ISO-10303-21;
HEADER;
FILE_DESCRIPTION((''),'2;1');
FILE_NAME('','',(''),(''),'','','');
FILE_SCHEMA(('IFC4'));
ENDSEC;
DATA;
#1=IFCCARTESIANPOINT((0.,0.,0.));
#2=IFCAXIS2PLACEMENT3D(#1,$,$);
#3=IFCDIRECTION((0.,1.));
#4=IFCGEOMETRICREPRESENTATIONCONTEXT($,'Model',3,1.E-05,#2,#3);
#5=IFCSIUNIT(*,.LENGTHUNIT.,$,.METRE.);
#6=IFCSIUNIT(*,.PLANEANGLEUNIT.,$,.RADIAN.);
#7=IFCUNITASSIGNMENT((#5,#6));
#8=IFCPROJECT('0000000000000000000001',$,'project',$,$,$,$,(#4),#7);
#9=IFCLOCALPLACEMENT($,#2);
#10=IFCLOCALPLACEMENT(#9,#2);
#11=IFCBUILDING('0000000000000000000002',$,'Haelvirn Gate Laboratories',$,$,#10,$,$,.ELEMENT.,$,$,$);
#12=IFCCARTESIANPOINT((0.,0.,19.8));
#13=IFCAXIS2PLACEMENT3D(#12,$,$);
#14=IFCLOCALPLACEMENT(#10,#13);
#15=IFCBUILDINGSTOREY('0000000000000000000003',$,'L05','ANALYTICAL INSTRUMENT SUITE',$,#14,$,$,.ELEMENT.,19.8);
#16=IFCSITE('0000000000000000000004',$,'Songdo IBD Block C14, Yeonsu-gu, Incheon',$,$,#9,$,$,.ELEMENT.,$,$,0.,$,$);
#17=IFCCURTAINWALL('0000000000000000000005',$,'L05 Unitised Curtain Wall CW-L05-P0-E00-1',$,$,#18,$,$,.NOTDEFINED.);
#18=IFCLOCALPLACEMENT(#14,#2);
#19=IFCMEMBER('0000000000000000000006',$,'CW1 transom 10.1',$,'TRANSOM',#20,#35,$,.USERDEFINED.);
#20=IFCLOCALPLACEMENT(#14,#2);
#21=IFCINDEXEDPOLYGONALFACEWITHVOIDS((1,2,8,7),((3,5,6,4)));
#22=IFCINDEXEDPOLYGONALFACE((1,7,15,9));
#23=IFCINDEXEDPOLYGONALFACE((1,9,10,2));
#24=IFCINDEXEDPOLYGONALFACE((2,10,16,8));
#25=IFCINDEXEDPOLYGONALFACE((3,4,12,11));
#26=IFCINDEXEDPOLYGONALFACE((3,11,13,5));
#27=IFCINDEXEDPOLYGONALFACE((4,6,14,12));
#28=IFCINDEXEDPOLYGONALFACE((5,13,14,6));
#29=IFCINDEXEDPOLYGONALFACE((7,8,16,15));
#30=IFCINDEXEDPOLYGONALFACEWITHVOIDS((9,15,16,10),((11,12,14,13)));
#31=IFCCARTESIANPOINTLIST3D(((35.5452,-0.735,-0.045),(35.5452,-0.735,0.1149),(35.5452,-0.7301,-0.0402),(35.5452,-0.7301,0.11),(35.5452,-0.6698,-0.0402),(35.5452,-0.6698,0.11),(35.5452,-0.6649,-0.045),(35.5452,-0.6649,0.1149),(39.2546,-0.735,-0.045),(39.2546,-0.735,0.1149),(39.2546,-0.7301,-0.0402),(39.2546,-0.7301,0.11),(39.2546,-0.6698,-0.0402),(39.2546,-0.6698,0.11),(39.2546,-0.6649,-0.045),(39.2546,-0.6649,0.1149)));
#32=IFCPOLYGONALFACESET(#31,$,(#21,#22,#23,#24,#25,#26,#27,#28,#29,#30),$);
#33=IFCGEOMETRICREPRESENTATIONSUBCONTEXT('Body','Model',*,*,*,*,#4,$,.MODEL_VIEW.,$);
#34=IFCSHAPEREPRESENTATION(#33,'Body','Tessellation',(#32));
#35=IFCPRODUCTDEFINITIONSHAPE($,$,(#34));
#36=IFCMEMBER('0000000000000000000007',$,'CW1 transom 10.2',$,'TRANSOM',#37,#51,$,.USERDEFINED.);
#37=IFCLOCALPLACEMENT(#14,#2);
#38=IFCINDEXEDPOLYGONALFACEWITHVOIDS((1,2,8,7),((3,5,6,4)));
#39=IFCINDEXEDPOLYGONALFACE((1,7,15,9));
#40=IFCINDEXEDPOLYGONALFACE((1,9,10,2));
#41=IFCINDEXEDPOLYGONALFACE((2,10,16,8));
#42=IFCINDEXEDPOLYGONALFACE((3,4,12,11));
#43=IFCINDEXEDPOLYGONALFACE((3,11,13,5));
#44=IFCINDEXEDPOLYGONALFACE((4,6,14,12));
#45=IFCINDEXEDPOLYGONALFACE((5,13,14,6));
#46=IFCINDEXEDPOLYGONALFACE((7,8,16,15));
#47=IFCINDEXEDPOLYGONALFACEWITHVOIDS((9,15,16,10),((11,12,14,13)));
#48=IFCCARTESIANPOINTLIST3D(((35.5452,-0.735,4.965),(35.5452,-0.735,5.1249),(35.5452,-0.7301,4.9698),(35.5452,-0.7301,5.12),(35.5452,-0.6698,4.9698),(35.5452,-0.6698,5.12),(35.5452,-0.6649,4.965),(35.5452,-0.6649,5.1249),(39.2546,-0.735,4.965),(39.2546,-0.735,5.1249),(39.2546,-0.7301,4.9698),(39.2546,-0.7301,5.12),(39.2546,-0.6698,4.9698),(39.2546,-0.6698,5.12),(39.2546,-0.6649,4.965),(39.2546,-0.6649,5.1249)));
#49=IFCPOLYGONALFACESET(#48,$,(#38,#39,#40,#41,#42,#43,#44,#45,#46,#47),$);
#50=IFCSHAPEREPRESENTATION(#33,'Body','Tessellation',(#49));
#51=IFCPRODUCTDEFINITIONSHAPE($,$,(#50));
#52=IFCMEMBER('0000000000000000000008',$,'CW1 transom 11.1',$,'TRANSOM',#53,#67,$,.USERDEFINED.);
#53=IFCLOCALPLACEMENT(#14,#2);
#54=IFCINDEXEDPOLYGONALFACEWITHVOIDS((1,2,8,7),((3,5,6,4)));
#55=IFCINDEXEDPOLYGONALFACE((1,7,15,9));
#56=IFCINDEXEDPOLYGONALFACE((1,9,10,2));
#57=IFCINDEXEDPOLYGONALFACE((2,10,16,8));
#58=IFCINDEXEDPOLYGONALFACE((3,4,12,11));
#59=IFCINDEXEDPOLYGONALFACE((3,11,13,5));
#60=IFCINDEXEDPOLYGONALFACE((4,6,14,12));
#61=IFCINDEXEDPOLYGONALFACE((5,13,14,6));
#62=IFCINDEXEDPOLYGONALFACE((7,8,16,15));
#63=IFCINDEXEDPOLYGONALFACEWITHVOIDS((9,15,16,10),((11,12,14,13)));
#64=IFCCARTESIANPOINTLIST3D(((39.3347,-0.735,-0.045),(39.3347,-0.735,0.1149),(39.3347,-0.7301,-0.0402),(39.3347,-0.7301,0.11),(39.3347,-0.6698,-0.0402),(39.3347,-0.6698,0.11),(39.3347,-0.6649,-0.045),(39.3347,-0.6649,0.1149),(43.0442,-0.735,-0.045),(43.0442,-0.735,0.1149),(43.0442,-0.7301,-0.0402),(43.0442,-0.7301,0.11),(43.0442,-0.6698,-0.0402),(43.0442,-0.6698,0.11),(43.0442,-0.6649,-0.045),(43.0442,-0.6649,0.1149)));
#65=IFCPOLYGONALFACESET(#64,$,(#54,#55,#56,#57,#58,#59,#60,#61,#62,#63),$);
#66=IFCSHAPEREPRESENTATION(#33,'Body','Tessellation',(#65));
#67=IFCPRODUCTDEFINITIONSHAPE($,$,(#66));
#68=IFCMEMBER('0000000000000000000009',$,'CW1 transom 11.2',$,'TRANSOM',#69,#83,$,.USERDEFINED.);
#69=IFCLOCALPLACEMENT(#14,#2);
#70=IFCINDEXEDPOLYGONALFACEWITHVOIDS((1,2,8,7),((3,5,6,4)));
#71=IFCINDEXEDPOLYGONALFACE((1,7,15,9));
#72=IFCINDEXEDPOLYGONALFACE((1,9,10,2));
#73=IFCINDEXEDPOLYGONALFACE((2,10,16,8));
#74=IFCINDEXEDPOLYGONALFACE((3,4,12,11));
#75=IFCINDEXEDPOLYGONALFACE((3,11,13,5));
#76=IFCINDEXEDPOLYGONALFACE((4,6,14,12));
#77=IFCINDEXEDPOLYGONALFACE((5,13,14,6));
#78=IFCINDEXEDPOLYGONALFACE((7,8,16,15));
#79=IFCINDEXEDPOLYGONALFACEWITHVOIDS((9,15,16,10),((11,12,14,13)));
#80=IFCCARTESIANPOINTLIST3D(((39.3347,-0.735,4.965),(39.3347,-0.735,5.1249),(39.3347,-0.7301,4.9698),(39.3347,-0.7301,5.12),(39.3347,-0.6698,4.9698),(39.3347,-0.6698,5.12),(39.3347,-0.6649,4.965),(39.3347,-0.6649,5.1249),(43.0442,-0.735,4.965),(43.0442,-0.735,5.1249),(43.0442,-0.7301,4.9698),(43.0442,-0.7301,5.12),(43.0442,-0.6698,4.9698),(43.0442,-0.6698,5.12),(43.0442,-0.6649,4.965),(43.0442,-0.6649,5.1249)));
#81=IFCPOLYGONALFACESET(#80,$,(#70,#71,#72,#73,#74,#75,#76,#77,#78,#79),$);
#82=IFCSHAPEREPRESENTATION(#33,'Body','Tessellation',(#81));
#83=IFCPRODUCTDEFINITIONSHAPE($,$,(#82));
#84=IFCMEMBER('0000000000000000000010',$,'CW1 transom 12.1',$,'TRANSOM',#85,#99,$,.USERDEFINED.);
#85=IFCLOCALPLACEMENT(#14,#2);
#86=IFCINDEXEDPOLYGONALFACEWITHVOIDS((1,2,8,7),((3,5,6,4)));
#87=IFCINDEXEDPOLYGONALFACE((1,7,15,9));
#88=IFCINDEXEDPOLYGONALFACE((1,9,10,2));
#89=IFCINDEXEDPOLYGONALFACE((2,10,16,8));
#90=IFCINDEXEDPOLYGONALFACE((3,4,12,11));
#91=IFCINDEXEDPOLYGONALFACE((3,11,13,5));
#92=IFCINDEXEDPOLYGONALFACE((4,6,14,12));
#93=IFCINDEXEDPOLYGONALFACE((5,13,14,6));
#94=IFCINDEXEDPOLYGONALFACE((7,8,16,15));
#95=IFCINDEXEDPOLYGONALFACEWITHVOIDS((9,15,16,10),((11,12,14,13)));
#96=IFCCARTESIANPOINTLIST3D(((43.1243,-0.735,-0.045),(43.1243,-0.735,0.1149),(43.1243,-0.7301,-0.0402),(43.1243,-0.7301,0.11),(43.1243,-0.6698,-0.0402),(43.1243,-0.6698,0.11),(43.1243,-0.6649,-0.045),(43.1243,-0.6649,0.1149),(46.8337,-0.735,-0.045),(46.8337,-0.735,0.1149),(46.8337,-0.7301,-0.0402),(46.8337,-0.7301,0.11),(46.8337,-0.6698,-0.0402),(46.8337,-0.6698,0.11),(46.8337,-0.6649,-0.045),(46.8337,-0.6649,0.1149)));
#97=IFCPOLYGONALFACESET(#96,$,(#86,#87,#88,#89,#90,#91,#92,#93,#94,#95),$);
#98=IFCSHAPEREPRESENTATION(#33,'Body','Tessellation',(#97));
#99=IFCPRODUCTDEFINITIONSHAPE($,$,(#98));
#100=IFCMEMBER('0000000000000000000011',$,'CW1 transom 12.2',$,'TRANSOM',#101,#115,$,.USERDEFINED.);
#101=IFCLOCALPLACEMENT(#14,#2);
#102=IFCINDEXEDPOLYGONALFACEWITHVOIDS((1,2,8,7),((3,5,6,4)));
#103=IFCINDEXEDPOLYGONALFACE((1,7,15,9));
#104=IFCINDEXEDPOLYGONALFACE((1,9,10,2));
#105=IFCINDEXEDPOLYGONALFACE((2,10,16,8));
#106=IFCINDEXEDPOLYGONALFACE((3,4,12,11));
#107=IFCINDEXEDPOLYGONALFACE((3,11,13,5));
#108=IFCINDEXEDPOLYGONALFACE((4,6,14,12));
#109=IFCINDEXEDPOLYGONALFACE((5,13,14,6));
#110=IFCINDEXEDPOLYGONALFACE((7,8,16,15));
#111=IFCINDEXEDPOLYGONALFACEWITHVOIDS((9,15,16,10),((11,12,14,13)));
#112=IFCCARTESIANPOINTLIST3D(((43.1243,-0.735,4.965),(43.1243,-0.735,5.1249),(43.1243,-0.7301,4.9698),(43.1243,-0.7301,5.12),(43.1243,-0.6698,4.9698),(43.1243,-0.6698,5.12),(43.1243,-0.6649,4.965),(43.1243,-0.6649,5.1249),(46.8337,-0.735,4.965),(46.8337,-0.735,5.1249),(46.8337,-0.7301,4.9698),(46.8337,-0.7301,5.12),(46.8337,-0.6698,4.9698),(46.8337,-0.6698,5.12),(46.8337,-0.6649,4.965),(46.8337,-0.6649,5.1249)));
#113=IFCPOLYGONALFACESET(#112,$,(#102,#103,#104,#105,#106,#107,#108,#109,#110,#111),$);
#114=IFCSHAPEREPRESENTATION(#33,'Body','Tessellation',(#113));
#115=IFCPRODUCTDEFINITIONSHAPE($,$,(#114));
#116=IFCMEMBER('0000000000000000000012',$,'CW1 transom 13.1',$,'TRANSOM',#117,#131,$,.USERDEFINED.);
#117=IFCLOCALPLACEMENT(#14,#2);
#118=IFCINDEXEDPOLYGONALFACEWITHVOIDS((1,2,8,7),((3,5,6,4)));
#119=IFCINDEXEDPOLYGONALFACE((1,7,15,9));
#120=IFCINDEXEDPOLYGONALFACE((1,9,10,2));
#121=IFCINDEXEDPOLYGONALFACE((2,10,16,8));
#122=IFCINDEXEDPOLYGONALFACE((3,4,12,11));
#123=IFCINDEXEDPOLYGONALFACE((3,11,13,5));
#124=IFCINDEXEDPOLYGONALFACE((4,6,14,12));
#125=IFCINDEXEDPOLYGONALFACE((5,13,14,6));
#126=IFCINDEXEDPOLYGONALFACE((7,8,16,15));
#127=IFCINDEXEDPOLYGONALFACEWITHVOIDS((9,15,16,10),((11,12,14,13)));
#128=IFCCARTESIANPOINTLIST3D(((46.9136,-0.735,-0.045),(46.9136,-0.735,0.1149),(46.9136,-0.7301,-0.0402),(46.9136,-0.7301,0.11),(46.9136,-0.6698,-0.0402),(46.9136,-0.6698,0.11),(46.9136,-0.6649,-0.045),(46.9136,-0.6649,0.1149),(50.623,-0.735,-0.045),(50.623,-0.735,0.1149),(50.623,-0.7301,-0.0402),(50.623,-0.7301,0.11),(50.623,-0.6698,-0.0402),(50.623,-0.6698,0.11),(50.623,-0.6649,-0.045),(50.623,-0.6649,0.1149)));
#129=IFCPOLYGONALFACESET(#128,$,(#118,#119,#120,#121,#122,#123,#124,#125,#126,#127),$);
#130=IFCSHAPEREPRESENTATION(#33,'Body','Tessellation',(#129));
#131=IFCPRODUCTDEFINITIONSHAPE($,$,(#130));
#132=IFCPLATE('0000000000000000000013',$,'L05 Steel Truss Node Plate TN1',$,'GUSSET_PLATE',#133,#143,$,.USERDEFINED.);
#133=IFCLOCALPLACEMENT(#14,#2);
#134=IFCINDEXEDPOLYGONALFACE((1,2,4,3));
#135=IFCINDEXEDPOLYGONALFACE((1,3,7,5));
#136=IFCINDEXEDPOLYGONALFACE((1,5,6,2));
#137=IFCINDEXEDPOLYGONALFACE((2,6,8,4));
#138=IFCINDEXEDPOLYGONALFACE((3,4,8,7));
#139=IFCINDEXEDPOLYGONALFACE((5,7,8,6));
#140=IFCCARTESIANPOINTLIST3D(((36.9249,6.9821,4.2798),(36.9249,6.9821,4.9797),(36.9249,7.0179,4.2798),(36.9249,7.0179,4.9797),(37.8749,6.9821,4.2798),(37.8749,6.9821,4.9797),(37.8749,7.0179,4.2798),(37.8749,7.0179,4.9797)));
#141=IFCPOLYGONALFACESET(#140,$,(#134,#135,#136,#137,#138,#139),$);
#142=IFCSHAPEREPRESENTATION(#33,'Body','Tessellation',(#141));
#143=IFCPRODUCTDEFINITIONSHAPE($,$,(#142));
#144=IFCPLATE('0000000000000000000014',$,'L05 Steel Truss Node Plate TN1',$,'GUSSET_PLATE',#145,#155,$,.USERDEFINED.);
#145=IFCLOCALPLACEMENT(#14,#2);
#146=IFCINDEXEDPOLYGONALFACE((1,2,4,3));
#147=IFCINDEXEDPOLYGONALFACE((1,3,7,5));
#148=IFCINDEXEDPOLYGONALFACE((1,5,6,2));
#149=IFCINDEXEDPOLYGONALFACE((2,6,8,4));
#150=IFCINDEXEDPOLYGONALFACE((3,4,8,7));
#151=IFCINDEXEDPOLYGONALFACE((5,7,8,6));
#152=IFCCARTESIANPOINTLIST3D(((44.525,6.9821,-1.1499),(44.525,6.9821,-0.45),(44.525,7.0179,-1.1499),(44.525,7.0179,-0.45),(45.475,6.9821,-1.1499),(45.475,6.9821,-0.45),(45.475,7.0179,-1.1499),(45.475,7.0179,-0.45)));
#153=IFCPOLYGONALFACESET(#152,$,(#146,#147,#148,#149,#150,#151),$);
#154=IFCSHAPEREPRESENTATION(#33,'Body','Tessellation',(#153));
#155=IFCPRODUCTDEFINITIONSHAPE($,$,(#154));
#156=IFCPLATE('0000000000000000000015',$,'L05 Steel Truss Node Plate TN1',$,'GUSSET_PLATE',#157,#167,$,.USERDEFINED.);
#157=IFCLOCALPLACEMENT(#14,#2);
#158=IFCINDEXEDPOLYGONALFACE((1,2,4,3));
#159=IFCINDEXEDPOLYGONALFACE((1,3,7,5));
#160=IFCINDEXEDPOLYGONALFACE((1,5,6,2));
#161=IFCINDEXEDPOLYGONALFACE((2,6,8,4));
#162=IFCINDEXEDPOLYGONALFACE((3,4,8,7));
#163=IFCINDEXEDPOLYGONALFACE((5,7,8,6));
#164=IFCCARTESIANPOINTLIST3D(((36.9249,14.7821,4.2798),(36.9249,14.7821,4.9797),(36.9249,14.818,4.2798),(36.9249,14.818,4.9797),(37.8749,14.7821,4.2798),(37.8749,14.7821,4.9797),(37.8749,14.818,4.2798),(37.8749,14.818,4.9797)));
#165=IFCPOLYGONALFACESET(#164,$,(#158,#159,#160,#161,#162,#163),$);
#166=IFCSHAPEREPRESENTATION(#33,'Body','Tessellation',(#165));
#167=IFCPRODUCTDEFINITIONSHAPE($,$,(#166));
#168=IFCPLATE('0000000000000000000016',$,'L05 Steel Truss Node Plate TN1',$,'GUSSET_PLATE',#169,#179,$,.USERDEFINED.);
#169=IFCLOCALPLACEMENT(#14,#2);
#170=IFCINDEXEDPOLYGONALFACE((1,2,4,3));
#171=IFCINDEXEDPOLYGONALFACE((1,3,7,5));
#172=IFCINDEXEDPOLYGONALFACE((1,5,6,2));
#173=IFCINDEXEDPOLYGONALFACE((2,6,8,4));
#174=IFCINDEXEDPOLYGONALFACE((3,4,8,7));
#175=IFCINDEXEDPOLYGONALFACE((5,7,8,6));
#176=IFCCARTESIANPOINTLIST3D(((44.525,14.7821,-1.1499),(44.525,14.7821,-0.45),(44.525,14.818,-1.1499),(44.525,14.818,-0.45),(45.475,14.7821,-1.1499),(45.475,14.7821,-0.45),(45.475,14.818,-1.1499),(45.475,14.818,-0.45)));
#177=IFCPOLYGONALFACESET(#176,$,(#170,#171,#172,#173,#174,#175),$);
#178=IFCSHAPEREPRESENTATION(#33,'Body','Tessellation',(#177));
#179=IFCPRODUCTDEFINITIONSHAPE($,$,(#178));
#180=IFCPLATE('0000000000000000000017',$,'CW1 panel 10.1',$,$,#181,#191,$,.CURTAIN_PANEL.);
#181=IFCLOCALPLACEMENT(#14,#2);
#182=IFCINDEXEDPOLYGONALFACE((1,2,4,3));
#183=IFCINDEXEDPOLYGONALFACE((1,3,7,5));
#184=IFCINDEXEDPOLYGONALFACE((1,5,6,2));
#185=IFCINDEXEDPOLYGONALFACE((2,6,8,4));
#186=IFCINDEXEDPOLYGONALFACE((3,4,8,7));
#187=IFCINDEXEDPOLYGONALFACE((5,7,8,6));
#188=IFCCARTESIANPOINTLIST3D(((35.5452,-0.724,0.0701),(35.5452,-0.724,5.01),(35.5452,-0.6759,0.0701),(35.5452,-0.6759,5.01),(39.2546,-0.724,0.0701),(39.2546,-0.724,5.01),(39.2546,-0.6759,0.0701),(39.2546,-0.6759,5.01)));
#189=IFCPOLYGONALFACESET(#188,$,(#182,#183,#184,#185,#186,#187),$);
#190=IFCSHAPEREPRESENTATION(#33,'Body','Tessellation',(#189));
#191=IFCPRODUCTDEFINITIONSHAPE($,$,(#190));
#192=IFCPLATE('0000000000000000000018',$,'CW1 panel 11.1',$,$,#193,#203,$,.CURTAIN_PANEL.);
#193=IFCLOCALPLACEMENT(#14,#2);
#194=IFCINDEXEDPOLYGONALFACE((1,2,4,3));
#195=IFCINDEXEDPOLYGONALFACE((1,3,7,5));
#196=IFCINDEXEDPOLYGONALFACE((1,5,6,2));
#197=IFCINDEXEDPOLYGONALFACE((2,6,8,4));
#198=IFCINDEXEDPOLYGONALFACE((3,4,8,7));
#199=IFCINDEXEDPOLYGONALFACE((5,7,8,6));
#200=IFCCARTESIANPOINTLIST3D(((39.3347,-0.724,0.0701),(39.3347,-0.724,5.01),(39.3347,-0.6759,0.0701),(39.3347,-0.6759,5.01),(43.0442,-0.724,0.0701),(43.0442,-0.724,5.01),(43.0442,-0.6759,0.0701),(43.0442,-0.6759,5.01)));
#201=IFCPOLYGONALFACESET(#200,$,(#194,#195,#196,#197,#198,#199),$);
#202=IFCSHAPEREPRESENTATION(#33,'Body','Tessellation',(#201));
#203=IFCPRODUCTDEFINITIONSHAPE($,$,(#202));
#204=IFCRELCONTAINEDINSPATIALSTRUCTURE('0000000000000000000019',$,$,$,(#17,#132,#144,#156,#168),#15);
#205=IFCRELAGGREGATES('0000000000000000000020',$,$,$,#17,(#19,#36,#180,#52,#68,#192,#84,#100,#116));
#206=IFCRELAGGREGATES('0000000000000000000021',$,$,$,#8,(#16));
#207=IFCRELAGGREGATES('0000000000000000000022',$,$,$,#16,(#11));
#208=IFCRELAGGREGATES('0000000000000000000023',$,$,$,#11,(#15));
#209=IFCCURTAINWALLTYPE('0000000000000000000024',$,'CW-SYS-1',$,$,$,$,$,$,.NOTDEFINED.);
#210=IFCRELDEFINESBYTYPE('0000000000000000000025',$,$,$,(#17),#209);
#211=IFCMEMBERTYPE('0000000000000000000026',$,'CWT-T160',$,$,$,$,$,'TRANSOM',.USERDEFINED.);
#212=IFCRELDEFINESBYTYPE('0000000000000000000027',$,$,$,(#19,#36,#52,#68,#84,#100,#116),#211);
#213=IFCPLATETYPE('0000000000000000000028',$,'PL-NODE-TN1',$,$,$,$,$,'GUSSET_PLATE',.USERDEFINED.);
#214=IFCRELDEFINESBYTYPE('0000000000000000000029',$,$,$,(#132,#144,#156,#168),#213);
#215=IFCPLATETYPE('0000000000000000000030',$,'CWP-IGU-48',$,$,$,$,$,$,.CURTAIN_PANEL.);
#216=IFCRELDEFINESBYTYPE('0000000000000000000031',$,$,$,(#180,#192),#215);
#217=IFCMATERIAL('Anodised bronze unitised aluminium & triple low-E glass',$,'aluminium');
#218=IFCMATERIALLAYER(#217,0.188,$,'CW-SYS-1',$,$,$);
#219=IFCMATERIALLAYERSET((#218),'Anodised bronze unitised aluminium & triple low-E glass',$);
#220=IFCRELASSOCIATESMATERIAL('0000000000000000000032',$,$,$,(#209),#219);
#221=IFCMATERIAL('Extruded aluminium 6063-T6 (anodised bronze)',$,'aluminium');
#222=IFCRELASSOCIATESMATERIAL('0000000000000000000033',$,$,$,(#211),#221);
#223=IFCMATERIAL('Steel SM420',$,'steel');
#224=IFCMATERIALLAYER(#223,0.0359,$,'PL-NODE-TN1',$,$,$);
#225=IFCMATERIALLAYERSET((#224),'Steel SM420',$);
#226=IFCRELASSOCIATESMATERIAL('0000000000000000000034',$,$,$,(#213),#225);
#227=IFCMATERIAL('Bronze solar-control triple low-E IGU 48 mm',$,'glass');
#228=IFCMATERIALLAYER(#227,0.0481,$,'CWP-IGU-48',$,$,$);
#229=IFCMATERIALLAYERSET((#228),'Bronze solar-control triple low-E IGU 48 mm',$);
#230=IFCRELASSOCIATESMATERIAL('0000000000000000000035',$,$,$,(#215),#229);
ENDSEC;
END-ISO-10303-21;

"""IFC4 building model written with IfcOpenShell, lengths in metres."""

from ifc_helpers import new_model, si_unit, direction, frame, origin, origin_2d, place, context, subcontext, project, spatial, rectangle, hollow_rectangle, extrude, source, transform, mapped, material, layer, layer_set, material_profile, profile_set, type_object, type_shapes, element, aggregate, save


model = new_model("IFC4")

# Units and contexts
model_context = context("Model", 3, precision=1e-05, world=origin(), true_north=direction((0.0, 1.0)))
body_context = subcontext(model_context, "Body", "Model", "MODEL_VIEW")
ifc_project = project(units=[si_unit("LENGTHUNIT", "METRE"), si_unit("PLANEANGLEUNIT", "RADIAN")], contexts=[model_context])

# Site, building, storey
site_placement = place(None, origin())
site = spatial("IfcSite", under=ifc_project, at=site_placement, Name="Songdo IBD Block C14, Yeonsu-gu, Incheon", CompositionType="ELEMENT", RefElevation=0.0)
building_placement = place(site_placement, origin())
building = spatial("IfcBuilding", under=site, at=building_placement, Name="Haelvirn Gate Laboratories", CompositionType="ELEMENT")
storey_placement = place(building_placement, frame((0.0, 0.0, 19.8)))
storey = spatial("IfcBuildingStorey", under=building, at=storey_placement, Name="L05", Description="ANALYTICAL INSTRUMENT SUITE", CompositionType="ELEMENT", Elevation=19.8)

# Shared definitions
ifc_material_1 = material(Name="Steel SM420", Category="steel")

# Curtain wall, members
ifc_material_2 = material(Name="Anodised bronze unitised aluminium & triple low-E glass", Category="aluminium")
ifc_layer_1 = layer(ifc_material_2, 0.188, Name="CW-SYS-1")
ifc_layer_set_1 = layer_set([ifc_layer_1], Name="Anodised bronze unitised aluminium & triple low-E glass")
curtain_wall_type = type_object("IfcCurtainWallType", Name="CW-SYS-1", PredefinedType="NOTDEFINED", material=ifc_layer_set_1)
curtain_wall_placement = place(storey_placement, origin())
curtain_wall = element("IfcCurtainWall", 1, at=curtain_wall_placement, inside=storey, type_object=curtain_wall_type, Name="L05 Unitised Curtain Wall CW-L05-P0-E00-1", PredefinedType="NOTDEFINED")
ifc_material_3 = material(Name="Extruded aluminium 6063-T6 (anodised bronze)", Category="aluminium")
ifc_material_profile_1 = material_profile(ifc_material_3, hollow_rectangle(XDim=0.0701, YDim=0.1599, WallThickness=0.0049, at=origin_2d()), Name="CWT-160x70x5")
ifc_profile_set_1 = profile_set([ifc_material_profile_1], Name="Extruded aluminium 6063-T6 (anodised bronze)")
member_type_1 = type_object("IfcMemberType", Name="CWT-T160", ElementType="TRANSOM", PredefinedType="USERDEFINED", material=ifc_profile_set_1)
shared_shape_1 = source(origin(), body_context, "Body", "SweptSolid", [
    extrude(hollow_rectangle(XDim=0.0701, YDim=0.1599, WallThickness=0.0049, at=origin_2d()), origin(), (0.0, 0.0, 1.0), 3.7095),
])
type_shapes(member_type_1, [shared_shape_1])
member_1_placement = place(storey_placement, frame((35.5452, -0.7, 0.0349), z_axis=(1.0, 0.0, 0.0), x_axis=(0.0, 1.0, 0.0)))
member_1 = element("IfcMember", 2, at=member_1_placement, type_object=member_type_1, Name="CW1 transom 10.1", ObjectType="TRANSOM", PredefinedType="USERDEFINED", context=body_context, shape_type="MappedRepresentation", body=[
    mapped(shared_shape_1, transform((0.0, 0.0, 0.0), scale=1.0)),
])
member_2_placement = place(storey_placement, frame((35.5452, -0.7, 5.0449), z_axis=(1.0, 0.0, 0.0), x_axis=(0.0, 1.0, 0.0)))
member_2 = element("IfcMember", 3, at=member_2_placement, type_object=member_type_1, Name="CW1 transom 10.2", ObjectType="TRANSOM", PredefinedType="USERDEFINED", context=body_context, shape_type="MappedRepresentation", body=[
    mapped(shared_shape_1, transform((0.0, 0.0, 0.0), scale=1.0)),
])
member_3_placement = place(storey_placement, frame((39.3347, -0.7, 0.0349), z_axis=(1.0, 0.0, 0.0), x_axis=(0.0, 1.0, 0.0)))
member_3 = element("IfcMember", 4, at=member_3_placement, type_object=member_type_1, Name="CW1 transom 11.1", ObjectType="TRANSOM", PredefinedType="USERDEFINED", context=body_context, shape_type="MappedRepresentation", body=[
    mapped(shared_shape_1, transform((0.0, 0.0, 0.0), scale=1.0)),
])
member_4_placement = place(storey_placement, frame((39.3347, -0.7, 5.0449), z_axis=(1.0, 0.0, 0.0), x_axis=(0.0, 1.0, 0.0)))
member_4 = element("IfcMember", 5, at=member_4_placement, type_object=member_type_1, Name="CW1 transom 11.2", ObjectType="TRANSOM", PredefinedType="USERDEFINED", context=body_context, shape_type="MappedRepresentation", body=[
    mapped(shared_shape_1, transform((0.0, 0.0, 0.0), scale=1.0)),
])
member_5_placement = place(storey_placement, frame((43.1243, -0.7, 0.0349), z_axis=(1.0, 0.0, 0.0), x_axis=(0.0, 1.0, 0.0)))
member_5 = element("IfcMember", 6, at=member_5_placement, type_object=member_type_1, Name="CW1 transom 12.1", ObjectType="TRANSOM", PredefinedType="USERDEFINED", context=body_context, shape_type="MappedRepresentation", body=[
    mapped(shared_shape_1, transform((0.0, 0.0, 0.0), scale=1.0)),
])
member_6_placement = place(storey_placement, frame((43.1243, -0.7, 5.0449), z_axis=(1.0, 0.0, 0.0), x_axis=(0.0, 1.0, 0.0)))
member_6 = element("IfcMember", 7, at=member_6_placement, type_object=member_type_1, Name="CW1 transom 12.2", ObjectType="TRANSOM", PredefinedType="USERDEFINED", context=body_context, shape_type="MappedRepresentation", body=[
    mapped(shared_shape_1, transform((0.0, 0.0, 0.0), scale=1.0)),
])
member_7_placement = place(storey_placement, frame((46.9136, -0.7, 0.0349), z_axis=(1.0, 0.0, 0.0), x_axis=(0.0, 1.0, 0.0)))
member_7 = element("IfcMember", 8, at=member_7_placement, type_object=member_type_1, Name="CW1 transom 13.1", ObjectType="TRANSOM", PredefinedType="USERDEFINED", context=body_context, shape_type="MappedRepresentation", body=[
    mapped(shared_shape_1, transform((0.0, 0.0, 0.0), scale=1.0)),
])

# Plates
ifc_layer_2 = layer(ifc_material_1, 0.0359, Name="PL-NODE-TN1")
ifc_layer_set_2 = layer_set([ifc_layer_2], Name="Steel SM420")
plate_type_1 = type_object("IfcPlateType", Name="PL-NODE-TN1", ElementType="GUSSET_PLATE", PredefinedType="USERDEFINED", material=ifc_layer_set_2)
shared_shape_2 = source(origin(), body_context, "Body", "SweptSolid", [
    extrude(rectangle(XDim=0.95, YDim=0.0359, at=origin_2d()), origin(), (0.0, 0.0, 1.0), 0.7),
])
type_shapes(plate_type_1, [shared_shape_2])
for number, where, z_axis, x_axis, name in (
    (9, (37.3999, 7.0, 4.2798), (0.0, 0.0, 1.0), (1.0, 0.0, 0.0), "L05 Steel Truss Node Plate TN1"),
    (10, (45.0, 7.0, -1.1499), (0.0, 0.0, 1.0), (1.0, 0.0, 0.0), "L05 Steel Truss Node Plate TN1"),
    (11, (37.3999, 14.8, 4.2798), (0.0, 0.0, 1.0), (1.0, 0.0, 0.0), "L05 Steel Truss Node Plate TN1"),
    (12, (45.0, 14.8, -1.1499), (0.0, 0.0, 1.0), (1.0, 0.0, 0.0), "L05 Steel Truss Node Plate TN1"),
):
    element("IfcPlate", number, at=place(storey_placement, frame(where, z_axis=z_axis, x_axis=x_axis)), inside=storey, type_object=plate_type_1, Name=name, ObjectType="GUSSET_PLATE", PredefinedType="USERDEFINED", context=body_context, shape_type="MappedRepresentation", body=[
        mapped(shared_shape_2, transform((0.0, 0.0, 0.0), scale=1.0)),
    ])

# Plates
ifc_material_4 = material(Name="Bronze solar-control triple low-E IGU 48 mm", Category="glass")
ifc_layer_3 = layer(ifc_material_4, 0.0481, Name="CWP-IGU-48")
ifc_layer_set_3 = layer_set([ifc_layer_3], Name="Bronze solar-control triple low-E IGU 48 mm")
plate_type_2 = type_object("IfcPlateType", Name="CWP-IGU-48", PredefinedType="CURTAIN_PANEL", material=ifc_layer_set_3)
shared_shape_3 = source(origin(), body_context, "Body", "SweptSolid", [
    extrude(rectangle(XDim=3.7095, YDim=0.0481, at=origin_2d()), origin(), (0.0, 0.0, 1.0), 4.9399),
])
type_shapes(plate_type_2, [shared_shape_3])
plate_1_placement = place(storey_placement, frame((37.3999, -0.7, 0.0701), z_axis=(0.0, 0.0, 1.0), x_axis=(1.0, 0.0, 0.0)))
plate_1 = element("IfcPlate", 13, at=plate_1_placement, type_object=plate_type_2, Name="CW1 panel 10.1", PredefinedType="CURTAIN_PANEL", context=body_context, shape_type="MappedRepresentation", body=[
    mapped(shared_shape_3, transform((0.0, 0.0, 0.0), scale=1.0)),
])
plate_2_placement = place(storey_placement, frame((41.1895, -0.7, 0.0701), z_axis=(0.0, 0.0, 1.0), x_axis=(1.0, 0.0, 0.0)))
plate_2 = element("IfcPlate", 14, at=plate_2_placement, type_object=plate_type_2, Name="CW1 panel 11.1", PredefinedType="CURTAIN_PANEL", context=body_context, shape_type="MappedRepresentation", body=[
    mapped(shared_shape_3, transform((0.0, 0.0, 0.0), scale=1.0)),
])
aggregate(curtain_wall, [member_1, member_2, plate_1, member_3, member_4, plate_2, member_5, member_6, member_7])

save(model, "model.ifc")
